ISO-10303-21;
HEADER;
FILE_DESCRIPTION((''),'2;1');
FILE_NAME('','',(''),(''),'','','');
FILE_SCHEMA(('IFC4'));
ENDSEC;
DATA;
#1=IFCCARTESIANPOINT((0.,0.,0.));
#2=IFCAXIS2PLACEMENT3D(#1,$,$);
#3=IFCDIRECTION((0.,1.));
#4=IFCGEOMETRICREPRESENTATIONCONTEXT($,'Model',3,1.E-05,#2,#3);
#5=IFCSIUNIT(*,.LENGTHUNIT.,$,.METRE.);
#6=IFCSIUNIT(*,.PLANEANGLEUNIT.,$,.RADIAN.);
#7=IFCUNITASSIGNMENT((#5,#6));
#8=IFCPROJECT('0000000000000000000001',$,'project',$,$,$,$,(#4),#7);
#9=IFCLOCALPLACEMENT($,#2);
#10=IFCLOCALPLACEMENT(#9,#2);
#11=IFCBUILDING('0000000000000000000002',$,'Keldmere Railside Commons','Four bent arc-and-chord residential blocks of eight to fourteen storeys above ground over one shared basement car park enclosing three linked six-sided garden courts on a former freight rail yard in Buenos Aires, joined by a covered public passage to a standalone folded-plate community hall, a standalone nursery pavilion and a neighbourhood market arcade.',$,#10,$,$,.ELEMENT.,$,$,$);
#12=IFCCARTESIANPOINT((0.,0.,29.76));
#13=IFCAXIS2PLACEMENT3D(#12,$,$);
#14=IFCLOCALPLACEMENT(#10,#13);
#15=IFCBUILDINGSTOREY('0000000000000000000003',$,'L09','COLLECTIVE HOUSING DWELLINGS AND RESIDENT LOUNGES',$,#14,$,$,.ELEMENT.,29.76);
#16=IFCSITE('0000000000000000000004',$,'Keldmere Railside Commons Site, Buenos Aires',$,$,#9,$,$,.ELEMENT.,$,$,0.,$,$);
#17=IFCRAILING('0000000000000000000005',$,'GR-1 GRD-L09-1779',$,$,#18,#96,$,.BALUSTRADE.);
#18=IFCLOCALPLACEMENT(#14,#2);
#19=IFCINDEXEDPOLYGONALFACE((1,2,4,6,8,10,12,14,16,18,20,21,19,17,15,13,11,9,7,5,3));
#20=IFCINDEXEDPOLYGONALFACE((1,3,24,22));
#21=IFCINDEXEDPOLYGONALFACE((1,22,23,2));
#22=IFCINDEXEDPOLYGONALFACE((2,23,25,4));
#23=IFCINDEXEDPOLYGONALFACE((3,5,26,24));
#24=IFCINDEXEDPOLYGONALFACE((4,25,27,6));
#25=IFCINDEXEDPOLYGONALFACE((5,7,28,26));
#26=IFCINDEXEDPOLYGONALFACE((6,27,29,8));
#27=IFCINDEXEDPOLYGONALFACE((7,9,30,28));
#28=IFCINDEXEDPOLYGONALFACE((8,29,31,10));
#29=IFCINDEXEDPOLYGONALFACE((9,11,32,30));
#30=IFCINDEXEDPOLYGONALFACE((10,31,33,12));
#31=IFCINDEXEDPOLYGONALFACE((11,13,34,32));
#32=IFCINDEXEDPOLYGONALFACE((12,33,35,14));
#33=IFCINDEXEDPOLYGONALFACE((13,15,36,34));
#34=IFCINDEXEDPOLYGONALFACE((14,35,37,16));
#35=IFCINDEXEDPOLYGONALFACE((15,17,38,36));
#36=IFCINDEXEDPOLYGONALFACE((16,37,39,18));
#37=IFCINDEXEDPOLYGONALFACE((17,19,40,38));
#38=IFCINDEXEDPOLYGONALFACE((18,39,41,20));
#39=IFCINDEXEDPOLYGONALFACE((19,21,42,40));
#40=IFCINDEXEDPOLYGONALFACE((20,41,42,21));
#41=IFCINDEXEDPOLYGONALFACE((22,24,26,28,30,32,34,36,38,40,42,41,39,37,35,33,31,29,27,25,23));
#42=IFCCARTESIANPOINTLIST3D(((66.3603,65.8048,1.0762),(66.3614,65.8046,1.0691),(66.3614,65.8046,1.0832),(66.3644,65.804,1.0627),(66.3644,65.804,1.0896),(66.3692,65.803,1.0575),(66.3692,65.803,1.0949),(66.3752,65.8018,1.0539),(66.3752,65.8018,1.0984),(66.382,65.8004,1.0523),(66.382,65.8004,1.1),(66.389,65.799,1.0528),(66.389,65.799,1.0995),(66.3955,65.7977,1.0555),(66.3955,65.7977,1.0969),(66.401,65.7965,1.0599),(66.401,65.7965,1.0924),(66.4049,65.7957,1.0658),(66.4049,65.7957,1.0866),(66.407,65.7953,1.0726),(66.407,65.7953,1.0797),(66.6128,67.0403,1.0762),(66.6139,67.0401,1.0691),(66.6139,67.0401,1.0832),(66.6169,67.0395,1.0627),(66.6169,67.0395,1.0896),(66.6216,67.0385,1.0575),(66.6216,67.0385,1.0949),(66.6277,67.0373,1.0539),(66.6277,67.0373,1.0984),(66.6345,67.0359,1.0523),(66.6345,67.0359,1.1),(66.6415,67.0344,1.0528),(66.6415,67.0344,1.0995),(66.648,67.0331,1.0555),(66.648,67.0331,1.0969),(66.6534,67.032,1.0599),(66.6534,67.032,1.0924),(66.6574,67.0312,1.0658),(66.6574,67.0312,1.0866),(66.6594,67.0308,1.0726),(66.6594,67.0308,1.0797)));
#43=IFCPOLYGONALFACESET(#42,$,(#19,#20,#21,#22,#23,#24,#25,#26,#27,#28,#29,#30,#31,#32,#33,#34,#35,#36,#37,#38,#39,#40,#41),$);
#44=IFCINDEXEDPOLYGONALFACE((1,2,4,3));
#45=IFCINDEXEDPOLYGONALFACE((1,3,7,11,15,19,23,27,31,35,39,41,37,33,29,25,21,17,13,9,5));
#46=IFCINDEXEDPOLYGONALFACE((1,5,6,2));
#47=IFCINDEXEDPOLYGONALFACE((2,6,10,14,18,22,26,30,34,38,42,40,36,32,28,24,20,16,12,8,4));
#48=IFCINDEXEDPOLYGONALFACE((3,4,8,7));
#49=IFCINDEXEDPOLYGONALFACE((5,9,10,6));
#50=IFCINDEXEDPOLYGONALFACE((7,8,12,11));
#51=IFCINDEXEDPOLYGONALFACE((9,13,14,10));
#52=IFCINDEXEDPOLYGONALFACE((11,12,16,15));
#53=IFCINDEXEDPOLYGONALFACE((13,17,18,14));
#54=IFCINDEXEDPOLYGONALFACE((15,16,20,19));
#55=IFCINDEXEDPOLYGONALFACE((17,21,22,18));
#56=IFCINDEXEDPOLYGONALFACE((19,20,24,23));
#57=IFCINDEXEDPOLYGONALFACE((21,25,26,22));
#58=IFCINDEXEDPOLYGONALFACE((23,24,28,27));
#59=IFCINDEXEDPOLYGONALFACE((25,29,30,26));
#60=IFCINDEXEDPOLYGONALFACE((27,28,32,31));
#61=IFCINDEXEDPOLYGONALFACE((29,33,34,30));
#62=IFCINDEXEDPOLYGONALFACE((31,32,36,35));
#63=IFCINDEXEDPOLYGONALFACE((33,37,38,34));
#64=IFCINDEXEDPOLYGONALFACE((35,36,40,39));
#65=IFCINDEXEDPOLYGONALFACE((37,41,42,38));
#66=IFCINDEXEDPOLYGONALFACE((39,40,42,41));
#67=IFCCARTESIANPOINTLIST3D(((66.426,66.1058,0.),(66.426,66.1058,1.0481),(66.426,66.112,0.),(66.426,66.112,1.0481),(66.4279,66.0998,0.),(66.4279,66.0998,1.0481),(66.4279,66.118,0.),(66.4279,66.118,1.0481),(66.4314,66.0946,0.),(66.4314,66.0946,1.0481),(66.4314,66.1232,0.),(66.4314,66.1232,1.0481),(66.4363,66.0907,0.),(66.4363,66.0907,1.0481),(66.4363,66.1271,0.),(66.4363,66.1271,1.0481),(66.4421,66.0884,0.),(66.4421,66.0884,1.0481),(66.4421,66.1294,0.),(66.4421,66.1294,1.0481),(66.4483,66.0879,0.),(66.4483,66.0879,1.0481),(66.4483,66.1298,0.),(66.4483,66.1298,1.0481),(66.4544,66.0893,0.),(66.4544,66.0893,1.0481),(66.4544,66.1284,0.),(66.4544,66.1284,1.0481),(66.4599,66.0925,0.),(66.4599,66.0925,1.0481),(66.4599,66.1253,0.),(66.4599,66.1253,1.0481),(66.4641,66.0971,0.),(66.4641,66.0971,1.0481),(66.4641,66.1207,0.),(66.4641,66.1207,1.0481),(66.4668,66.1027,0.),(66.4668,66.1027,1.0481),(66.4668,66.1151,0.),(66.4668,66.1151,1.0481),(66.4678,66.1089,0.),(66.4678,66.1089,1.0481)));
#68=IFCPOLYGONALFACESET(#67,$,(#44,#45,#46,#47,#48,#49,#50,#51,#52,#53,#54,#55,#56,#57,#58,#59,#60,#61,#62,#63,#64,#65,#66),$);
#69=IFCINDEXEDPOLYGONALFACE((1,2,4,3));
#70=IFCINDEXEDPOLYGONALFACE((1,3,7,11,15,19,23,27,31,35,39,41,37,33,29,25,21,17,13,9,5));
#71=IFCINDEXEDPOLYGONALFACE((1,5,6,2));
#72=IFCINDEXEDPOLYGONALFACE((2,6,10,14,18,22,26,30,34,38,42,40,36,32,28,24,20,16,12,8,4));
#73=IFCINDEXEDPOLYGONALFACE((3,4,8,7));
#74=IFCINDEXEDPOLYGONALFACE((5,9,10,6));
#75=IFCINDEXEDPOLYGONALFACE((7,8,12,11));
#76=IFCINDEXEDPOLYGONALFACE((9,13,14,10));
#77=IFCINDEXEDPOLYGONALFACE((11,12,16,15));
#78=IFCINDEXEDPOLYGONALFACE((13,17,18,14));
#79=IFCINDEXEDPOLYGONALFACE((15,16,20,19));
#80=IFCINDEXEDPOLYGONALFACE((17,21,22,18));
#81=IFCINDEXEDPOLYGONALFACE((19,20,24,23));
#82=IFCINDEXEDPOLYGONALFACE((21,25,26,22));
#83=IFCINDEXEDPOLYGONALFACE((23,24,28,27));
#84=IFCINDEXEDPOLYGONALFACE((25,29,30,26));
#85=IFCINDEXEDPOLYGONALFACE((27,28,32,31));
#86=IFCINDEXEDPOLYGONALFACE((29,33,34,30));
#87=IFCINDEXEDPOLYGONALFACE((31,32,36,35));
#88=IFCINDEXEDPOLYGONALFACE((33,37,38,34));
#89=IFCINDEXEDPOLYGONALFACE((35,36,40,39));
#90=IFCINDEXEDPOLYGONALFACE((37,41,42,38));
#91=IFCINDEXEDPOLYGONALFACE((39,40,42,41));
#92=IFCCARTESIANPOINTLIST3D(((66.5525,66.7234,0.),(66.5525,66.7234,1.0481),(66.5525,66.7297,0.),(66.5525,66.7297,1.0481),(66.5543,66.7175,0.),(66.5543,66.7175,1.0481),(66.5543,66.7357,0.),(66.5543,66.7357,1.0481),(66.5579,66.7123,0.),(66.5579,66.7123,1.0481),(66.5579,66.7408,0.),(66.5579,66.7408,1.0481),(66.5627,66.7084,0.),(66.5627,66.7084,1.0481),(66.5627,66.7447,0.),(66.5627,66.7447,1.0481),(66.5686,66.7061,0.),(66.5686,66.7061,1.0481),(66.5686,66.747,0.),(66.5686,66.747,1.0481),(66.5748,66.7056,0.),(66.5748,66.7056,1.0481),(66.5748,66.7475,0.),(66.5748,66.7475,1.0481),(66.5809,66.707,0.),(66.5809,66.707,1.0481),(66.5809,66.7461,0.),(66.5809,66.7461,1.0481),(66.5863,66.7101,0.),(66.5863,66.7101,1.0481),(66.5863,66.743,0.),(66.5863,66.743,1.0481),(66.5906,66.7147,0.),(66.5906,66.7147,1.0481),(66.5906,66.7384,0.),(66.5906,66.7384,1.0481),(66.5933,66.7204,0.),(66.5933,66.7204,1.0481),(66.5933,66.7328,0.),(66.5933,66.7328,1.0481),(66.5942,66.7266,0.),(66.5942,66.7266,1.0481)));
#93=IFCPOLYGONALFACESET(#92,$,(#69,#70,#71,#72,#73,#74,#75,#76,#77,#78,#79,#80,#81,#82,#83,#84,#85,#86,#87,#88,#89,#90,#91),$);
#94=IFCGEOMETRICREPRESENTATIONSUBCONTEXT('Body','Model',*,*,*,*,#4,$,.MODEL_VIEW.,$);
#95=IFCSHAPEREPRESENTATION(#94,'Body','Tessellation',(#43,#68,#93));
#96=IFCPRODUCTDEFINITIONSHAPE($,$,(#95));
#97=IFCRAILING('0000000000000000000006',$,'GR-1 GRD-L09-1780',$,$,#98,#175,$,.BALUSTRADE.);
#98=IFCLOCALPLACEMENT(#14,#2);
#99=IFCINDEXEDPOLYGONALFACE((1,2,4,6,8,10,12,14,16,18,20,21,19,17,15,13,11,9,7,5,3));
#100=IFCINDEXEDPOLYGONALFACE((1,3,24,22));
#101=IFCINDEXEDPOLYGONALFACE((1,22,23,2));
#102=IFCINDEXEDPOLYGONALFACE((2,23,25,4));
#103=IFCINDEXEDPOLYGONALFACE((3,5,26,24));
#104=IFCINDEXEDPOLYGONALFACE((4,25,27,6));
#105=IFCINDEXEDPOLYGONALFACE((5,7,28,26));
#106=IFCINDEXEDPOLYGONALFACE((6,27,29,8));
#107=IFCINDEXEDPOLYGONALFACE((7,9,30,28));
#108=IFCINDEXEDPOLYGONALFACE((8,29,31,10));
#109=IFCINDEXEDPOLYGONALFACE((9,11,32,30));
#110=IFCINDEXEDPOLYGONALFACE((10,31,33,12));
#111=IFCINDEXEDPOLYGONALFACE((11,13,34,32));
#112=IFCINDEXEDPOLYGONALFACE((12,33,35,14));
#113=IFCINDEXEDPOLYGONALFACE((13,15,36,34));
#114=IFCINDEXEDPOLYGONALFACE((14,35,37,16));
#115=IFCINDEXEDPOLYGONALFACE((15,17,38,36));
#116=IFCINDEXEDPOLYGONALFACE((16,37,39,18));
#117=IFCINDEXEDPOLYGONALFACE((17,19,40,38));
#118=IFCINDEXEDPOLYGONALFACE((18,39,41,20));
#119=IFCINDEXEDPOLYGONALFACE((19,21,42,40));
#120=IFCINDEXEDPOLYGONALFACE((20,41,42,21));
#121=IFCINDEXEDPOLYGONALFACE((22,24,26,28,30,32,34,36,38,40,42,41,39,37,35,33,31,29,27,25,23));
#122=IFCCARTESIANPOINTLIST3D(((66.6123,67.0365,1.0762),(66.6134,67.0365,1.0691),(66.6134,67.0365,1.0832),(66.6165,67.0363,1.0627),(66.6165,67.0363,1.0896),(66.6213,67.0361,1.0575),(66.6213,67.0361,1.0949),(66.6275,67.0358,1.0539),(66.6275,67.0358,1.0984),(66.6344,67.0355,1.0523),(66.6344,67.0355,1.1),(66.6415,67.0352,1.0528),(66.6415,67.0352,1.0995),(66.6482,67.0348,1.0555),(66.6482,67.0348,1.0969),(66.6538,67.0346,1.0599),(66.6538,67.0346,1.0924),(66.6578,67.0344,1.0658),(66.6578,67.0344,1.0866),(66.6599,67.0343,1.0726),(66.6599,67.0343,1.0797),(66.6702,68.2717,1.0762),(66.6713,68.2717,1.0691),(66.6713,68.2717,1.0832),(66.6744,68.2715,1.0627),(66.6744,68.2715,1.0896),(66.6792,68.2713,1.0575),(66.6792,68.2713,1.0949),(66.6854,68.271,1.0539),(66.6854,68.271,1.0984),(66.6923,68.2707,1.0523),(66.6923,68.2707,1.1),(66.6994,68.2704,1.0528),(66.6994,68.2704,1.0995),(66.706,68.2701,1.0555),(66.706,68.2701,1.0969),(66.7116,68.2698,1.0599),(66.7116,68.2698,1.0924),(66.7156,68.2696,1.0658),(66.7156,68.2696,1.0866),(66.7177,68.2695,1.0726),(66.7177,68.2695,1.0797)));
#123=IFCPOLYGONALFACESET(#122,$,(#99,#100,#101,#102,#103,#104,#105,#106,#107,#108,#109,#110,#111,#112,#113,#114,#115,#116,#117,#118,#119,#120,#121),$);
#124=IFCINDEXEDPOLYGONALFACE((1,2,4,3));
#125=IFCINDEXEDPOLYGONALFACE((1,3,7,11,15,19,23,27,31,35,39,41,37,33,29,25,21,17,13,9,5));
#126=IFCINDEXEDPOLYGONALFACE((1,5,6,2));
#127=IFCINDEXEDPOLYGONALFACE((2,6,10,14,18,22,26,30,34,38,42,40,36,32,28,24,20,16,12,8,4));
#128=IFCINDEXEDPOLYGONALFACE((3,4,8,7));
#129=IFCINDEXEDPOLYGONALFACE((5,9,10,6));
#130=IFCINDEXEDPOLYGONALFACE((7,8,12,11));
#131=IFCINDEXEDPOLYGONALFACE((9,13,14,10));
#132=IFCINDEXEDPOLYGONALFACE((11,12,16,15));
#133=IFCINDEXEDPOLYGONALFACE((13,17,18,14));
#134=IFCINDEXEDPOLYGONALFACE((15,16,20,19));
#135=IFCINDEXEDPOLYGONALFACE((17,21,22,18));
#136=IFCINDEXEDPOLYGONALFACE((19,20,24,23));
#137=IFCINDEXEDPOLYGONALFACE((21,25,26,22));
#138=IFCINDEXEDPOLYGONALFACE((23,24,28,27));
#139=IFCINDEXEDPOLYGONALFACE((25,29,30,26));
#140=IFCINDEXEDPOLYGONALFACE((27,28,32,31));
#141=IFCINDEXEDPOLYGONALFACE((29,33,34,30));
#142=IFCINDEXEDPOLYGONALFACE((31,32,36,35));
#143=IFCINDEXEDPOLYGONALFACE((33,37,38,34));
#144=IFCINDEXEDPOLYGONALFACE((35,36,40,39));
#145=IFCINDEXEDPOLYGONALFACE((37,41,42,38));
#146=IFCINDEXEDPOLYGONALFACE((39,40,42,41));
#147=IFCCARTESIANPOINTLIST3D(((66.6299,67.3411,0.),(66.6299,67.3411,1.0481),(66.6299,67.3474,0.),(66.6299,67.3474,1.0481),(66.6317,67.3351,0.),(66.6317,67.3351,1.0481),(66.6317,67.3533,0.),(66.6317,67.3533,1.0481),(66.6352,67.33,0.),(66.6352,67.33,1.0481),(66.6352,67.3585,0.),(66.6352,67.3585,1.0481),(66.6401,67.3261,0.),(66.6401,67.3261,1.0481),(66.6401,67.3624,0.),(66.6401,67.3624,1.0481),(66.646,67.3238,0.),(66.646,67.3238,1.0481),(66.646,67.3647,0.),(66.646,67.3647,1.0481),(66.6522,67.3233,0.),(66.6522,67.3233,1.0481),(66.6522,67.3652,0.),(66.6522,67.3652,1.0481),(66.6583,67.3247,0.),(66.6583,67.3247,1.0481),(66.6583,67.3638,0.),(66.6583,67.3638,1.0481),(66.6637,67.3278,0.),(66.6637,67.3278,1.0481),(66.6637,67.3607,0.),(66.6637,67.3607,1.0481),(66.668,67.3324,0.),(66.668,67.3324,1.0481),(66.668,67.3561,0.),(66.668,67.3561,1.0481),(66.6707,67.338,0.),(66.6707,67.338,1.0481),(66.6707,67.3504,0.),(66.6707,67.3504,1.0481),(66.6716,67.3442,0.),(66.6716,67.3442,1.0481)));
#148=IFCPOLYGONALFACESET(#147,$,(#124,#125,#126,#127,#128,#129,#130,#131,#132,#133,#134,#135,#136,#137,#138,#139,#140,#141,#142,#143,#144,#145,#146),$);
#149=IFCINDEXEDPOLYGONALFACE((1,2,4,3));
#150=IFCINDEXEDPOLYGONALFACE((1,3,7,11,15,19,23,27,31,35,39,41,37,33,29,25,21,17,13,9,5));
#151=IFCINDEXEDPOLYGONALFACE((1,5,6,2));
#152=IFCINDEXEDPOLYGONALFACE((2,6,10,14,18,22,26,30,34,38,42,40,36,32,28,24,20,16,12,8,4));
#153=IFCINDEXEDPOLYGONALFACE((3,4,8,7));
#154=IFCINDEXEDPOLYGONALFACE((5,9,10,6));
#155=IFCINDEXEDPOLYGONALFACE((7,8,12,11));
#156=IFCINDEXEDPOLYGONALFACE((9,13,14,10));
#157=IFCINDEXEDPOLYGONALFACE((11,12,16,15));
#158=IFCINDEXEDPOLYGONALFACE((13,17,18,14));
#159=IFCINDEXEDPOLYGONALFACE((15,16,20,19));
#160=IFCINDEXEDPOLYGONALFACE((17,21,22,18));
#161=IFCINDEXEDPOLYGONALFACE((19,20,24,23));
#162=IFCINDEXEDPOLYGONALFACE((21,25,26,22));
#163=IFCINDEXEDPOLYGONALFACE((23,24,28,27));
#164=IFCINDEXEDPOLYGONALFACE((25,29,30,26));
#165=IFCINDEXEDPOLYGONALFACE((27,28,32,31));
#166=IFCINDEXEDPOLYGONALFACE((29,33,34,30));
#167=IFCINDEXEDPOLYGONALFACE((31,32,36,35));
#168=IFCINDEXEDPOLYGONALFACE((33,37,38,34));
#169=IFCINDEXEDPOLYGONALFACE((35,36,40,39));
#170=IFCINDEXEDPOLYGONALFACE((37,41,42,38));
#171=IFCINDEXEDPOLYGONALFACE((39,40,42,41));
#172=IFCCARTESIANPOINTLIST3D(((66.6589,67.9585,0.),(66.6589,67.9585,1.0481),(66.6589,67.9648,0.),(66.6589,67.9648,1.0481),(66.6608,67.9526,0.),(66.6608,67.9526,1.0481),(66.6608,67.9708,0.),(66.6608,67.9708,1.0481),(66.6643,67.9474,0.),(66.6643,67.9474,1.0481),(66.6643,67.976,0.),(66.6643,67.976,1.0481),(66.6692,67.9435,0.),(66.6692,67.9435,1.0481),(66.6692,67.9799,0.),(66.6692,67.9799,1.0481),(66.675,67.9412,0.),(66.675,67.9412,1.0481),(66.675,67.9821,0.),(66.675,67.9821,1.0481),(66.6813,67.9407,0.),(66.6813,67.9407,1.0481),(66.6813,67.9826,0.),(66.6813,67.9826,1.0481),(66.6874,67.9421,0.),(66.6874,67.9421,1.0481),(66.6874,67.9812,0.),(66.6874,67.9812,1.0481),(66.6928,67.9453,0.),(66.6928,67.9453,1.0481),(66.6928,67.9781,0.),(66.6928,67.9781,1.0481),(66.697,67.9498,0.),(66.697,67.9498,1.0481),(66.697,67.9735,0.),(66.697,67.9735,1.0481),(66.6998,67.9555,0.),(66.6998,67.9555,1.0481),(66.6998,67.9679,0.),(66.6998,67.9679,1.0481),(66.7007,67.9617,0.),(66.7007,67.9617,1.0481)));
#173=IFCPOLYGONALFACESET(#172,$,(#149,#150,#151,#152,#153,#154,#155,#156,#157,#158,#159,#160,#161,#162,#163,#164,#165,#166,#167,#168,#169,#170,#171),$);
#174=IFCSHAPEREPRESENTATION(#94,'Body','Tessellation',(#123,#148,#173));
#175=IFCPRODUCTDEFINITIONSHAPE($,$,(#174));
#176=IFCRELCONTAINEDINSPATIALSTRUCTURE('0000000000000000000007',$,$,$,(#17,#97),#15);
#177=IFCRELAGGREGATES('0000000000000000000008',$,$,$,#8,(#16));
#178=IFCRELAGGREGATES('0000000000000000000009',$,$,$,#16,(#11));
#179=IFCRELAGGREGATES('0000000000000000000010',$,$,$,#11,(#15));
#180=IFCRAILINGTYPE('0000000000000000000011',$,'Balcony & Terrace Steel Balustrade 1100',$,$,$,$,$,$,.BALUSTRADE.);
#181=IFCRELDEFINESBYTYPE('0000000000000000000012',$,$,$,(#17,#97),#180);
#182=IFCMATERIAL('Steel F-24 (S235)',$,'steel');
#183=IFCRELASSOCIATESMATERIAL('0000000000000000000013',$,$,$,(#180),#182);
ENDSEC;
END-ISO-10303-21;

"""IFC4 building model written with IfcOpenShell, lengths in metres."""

from ifc_helpers import new_model, si_unit, direction, frame, origin, origin_2d, place, context, subcontext, project, spatial, circle, extrude, material, type_object, element, save


model = new_model("IFC4")

# Units and contexts
model_context = context("Model", 3, precision=1e-05, world=origin(), true_north=direction((0.0, 1.0)))
body_context = subcontext(model_context, "Body", "Model", "MODEL_VIEW")
ifc_project = project(units=[si_unit("LENGTHUNIT", "METRE"), si_unit("PLANEANGLEUNIT", "RADIAN")], contexts=[model_context])

# Site, building, storey
site_placement = place(None, origin())
site = spatial("IfcSite", under=ifc_project, at=site_placement, Name="Keldmere Railside Commons Site, Buenos Aires", CompositionType="ELEMENT", RefElevation=0.0)
building_placement = place(site_placement, origin())
building = spatial("IfcBuilding", under=site, at=building_placement, Name="Keldmere Railside Commons", Description="Four bent arc-and-chord residential blocks of eight to fourteen storeys above ground over one shared basement car park enclosing three linked six-sided garden courts on a former freight rail yard in Buenos Aires, joined by a covered public passage to a standalone folded-plate community hall, a standalone nursery pavilion and a neighbourhood market arcade.", CompositionType="ELEMENT")
storey_placement = place(building_placement, frame((0.0, 0.0, 29.76)))
storey = spatial("IfcBuildingStorey", under=building, at=storey_placement, Name="L09", Description="COLLECTIVE HOUSING DWELLINGS AND RESIDENT LOUNGES", CompositionType="ELEMENT", Elevation=29.76)

# Railings
ifc_material_1 = material(Name="Steel F-24 (S235)", Category="steel")
railing_type = type_object("IfcRailingType", Name="Balcony & Terrace Steel Balustrade 1100", PredefinedType="BALUSTRADE", material=ifc_material_1)
railing_1_placement = place(storey_placement, frame((66.3838, 65.8, 0.0)))
element("IfcRailing", 1, at=railing_1_placement, inside=storey, type_object=railing_type, Name="GR-1 GRD-L09-1779", PredefinedType="BALUSTRADE", context=body_context, shape_type="SweptSolid", body=[
    extrude(circle(Radius=0.0239, at=origin_2d()), frame((0.0, 0.0, 1.0762), z_axis=(0.20021, 0.979753, 0.0), x_axis=(-0.979753, 0.20021, 0.0)), (0.0, 0.0, 1.0), 1.261),
    extrude(circle(Radius=0.021, at=origin_2d()), frame((0.063, 0.3088, 0.0)), (0.0, 0.0, 1.0), 1.0481),
    extrude(circle(Radius=0.021, at=origin_2d()), frame((0.1895, 0.9265, 0.0)), (0.0, 0.0, 1.0), 1.0481),
])
railing_2_placement = place(storey_placement, frame((66.6362, 67.0354, 0.0)))
element("IfcRailing", 2, at=railing_2_placement, inside=storey, type_object=railing_type, Name="GR-1 GRD-L09-1780", PredefinedType="BALUSTRADE", context=body_context, shape_type="SweptSolid", body=[
    extrude(circle(Radius=0.0239, at=origin_2d()), frame((0.0, 0.0, 1.0762), z_axis=(0.046796, 0.998904, 0.0), x_axis=(-0.998904, 0.046796, 0.0)), (0.0, 0.0, 1.0), 1.2366),
    extrude(circle(Radius=0.021, at=origin_2d()), frame((0.0144, 0.3088, 0.0)), (0.0, 0.0, 1.0), 1.0481),
    extrude(circle(Radius=0.021, at=origin_2d()), frame((0.0435, 0.9263, 0.0)), (0.0, 0.0, 1.0), 1.0481),
])

save(model, "model.ifc")
